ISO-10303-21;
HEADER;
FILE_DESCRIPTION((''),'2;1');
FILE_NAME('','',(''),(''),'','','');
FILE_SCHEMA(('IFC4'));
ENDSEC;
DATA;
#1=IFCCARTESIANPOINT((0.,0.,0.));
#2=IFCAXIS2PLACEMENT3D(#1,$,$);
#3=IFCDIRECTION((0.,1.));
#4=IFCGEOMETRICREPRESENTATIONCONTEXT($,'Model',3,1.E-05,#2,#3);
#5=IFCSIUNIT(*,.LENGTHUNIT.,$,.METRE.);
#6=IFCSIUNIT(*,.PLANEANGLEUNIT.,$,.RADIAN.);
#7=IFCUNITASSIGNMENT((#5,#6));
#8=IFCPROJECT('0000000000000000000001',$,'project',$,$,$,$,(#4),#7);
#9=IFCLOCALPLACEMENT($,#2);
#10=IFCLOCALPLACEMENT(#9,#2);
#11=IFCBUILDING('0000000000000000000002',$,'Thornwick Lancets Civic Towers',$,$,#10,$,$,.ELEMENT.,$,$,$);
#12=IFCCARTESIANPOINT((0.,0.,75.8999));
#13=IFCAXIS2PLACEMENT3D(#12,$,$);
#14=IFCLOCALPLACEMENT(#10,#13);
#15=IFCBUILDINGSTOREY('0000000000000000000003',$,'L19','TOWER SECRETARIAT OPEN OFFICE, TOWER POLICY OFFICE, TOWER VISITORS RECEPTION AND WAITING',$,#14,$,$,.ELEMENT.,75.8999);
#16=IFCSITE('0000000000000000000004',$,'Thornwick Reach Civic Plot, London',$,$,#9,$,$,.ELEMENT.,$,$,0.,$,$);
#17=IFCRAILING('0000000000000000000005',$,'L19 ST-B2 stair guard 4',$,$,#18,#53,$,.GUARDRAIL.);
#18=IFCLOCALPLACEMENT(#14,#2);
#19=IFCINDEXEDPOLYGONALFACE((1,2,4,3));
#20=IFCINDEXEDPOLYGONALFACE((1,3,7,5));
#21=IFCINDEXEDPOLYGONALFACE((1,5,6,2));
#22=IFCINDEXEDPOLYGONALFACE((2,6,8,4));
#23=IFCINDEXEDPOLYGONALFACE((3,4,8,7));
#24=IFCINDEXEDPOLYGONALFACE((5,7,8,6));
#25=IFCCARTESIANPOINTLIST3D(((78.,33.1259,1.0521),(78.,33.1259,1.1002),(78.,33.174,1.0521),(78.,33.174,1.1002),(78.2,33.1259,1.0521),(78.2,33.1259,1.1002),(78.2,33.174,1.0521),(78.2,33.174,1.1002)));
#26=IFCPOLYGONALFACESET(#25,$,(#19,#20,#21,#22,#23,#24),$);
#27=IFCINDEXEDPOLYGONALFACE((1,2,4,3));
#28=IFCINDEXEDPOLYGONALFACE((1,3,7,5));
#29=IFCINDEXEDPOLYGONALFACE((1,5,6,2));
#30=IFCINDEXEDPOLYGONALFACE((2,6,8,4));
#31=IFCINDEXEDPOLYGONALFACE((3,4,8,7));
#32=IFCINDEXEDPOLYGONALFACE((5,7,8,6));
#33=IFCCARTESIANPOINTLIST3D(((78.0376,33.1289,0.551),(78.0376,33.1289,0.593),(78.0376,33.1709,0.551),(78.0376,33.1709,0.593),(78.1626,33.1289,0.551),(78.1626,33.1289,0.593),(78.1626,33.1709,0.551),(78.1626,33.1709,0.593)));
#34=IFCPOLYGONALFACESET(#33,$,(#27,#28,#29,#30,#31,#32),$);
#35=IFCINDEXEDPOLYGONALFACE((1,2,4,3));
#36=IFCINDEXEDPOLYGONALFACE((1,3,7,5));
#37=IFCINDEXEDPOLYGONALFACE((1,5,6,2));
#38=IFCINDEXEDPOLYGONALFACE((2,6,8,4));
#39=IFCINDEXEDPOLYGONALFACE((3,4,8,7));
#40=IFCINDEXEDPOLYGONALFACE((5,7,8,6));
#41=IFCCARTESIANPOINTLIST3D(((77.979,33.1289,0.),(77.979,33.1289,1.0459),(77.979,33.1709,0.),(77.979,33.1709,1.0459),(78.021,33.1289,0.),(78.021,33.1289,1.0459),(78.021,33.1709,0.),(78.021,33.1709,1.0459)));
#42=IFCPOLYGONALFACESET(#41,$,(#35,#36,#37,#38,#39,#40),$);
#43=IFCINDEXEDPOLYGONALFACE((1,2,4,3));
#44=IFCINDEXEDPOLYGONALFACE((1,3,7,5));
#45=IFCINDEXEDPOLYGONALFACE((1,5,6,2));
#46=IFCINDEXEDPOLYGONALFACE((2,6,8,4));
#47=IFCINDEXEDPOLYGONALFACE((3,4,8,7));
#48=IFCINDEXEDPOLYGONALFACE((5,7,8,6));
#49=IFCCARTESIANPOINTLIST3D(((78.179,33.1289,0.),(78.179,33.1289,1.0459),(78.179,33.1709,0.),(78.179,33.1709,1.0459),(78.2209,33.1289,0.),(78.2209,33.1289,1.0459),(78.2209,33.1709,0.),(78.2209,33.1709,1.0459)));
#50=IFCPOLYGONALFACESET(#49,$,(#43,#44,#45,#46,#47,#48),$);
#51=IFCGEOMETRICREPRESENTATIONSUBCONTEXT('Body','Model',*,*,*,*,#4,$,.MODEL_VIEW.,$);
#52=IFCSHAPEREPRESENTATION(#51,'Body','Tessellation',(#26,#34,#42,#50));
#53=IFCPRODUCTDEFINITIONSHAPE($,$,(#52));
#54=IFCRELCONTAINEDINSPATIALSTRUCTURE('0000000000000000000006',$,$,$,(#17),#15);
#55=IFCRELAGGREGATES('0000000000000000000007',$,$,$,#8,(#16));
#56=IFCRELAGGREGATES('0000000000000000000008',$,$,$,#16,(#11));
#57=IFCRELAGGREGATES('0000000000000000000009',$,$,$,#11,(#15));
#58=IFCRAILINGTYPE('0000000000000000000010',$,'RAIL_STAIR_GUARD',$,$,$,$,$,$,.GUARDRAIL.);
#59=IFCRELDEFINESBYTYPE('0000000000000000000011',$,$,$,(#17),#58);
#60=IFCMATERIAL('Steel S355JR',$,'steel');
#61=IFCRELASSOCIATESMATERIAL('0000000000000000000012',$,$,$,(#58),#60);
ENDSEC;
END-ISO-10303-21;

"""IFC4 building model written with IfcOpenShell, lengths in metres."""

from ifc_helpers import new_model, si_unit, direction, frame, origin, origin_2d, place, context, subcontext, project, spatial, rectangle, extrude, material, type_object, element, save


model = new_model("IFC4")

# Units and contexts
model_context = context("Model", 3, precision=1e-05, world=origin(), true_north=direction((0.0, 1.0)))
body_context = subcontext(model_context, "Body", "Model", "MODEL_VIEW")
ifc_project = project(units=[si_unit("LENGTHUNIT", "METRE"), si_unit("PLANEANGLEUNIT", "RADIAN")], contexts=[model_context])

# Site, building, storey
site_placement = place(None, origin())
site = spatial("IfcSite", under=ifc_project, at=site_placement, Name="Thornwick Reach Civic Plot, London", CompositionType="ELEMENT", RefElevation=0.0)
building_placement = place(site_placement, origin())
building = spatial("IfcBuilding", under=site, at=building_placement, Name="Thornwick Lancets Civic Towers", CompositionType="ELEMENT")
storey_placement = place(building_placement, frame((0.0, 0.0, 75.8999)))
storey = spatial("IfcBuildingStorey", under=building, at=storey_placement, Name="L19", Description="TOWER SECRETARIAT OPEN OFFICE, TOWER POLICY OFFICE, TOWER VISITORS RECEPTION AND WAITING", CompositionType="ELEMENT", Elevation=75.8999)

# Railing
ifc_material_1 = material(Name="Steel S355JR", Category="steel")
railing_type_1 = type_object("IfcRailingType", Name="RAIL_STAIR_GUARD", PredefinedType="GUARDRAIL", material=ifc_material_1)
railing_1_placement = place(storey_placement, frame((78.0, 33.1499, 0.0)))
element("IfcRailing", 1, at=railing_1_placement, inside=storey, type_object=railing_type_1, Name="L19 ST-B2 stair guard 4", PredefinedType="GUARDRAIL", context=body_context, shape_type="SweptSolid", body=[
    extrude(rectangle(XDim=0.0481, YDim=0.0481, at=origin_2d()), frame((0.0, 0.0, 1.0762), z_axis=(1.0, 0.0, 0.0), x_axis=(0.0, 1.0, 0.0)), (0.0, 0.0, 1.0), 0.2),
    extrude(rectangle(XDim=0.042, YDim=0.042, at=origin_2d()), frame((0.0376, 0.0, 0.572), z_axis=(1.0, 0.0, 0.0), x_axis=(0.0, 1.0, 0.0)), (0.0, 0.0, 1.0), 0.125),
    extrude(rectangle(XDim=0.042, YDim=0.042, at=origin_2d()), origin(), (0.0, 0.0, 1.0), 1.0459),
    extrude(rectangle(XDim=0.042, YDim=0.042, at=origin_2d()), frame((0.2, 0.0, 0.0)), (0.0, 0.0, 1.0), 1.0459),
])

save(model, "model.ifc")
